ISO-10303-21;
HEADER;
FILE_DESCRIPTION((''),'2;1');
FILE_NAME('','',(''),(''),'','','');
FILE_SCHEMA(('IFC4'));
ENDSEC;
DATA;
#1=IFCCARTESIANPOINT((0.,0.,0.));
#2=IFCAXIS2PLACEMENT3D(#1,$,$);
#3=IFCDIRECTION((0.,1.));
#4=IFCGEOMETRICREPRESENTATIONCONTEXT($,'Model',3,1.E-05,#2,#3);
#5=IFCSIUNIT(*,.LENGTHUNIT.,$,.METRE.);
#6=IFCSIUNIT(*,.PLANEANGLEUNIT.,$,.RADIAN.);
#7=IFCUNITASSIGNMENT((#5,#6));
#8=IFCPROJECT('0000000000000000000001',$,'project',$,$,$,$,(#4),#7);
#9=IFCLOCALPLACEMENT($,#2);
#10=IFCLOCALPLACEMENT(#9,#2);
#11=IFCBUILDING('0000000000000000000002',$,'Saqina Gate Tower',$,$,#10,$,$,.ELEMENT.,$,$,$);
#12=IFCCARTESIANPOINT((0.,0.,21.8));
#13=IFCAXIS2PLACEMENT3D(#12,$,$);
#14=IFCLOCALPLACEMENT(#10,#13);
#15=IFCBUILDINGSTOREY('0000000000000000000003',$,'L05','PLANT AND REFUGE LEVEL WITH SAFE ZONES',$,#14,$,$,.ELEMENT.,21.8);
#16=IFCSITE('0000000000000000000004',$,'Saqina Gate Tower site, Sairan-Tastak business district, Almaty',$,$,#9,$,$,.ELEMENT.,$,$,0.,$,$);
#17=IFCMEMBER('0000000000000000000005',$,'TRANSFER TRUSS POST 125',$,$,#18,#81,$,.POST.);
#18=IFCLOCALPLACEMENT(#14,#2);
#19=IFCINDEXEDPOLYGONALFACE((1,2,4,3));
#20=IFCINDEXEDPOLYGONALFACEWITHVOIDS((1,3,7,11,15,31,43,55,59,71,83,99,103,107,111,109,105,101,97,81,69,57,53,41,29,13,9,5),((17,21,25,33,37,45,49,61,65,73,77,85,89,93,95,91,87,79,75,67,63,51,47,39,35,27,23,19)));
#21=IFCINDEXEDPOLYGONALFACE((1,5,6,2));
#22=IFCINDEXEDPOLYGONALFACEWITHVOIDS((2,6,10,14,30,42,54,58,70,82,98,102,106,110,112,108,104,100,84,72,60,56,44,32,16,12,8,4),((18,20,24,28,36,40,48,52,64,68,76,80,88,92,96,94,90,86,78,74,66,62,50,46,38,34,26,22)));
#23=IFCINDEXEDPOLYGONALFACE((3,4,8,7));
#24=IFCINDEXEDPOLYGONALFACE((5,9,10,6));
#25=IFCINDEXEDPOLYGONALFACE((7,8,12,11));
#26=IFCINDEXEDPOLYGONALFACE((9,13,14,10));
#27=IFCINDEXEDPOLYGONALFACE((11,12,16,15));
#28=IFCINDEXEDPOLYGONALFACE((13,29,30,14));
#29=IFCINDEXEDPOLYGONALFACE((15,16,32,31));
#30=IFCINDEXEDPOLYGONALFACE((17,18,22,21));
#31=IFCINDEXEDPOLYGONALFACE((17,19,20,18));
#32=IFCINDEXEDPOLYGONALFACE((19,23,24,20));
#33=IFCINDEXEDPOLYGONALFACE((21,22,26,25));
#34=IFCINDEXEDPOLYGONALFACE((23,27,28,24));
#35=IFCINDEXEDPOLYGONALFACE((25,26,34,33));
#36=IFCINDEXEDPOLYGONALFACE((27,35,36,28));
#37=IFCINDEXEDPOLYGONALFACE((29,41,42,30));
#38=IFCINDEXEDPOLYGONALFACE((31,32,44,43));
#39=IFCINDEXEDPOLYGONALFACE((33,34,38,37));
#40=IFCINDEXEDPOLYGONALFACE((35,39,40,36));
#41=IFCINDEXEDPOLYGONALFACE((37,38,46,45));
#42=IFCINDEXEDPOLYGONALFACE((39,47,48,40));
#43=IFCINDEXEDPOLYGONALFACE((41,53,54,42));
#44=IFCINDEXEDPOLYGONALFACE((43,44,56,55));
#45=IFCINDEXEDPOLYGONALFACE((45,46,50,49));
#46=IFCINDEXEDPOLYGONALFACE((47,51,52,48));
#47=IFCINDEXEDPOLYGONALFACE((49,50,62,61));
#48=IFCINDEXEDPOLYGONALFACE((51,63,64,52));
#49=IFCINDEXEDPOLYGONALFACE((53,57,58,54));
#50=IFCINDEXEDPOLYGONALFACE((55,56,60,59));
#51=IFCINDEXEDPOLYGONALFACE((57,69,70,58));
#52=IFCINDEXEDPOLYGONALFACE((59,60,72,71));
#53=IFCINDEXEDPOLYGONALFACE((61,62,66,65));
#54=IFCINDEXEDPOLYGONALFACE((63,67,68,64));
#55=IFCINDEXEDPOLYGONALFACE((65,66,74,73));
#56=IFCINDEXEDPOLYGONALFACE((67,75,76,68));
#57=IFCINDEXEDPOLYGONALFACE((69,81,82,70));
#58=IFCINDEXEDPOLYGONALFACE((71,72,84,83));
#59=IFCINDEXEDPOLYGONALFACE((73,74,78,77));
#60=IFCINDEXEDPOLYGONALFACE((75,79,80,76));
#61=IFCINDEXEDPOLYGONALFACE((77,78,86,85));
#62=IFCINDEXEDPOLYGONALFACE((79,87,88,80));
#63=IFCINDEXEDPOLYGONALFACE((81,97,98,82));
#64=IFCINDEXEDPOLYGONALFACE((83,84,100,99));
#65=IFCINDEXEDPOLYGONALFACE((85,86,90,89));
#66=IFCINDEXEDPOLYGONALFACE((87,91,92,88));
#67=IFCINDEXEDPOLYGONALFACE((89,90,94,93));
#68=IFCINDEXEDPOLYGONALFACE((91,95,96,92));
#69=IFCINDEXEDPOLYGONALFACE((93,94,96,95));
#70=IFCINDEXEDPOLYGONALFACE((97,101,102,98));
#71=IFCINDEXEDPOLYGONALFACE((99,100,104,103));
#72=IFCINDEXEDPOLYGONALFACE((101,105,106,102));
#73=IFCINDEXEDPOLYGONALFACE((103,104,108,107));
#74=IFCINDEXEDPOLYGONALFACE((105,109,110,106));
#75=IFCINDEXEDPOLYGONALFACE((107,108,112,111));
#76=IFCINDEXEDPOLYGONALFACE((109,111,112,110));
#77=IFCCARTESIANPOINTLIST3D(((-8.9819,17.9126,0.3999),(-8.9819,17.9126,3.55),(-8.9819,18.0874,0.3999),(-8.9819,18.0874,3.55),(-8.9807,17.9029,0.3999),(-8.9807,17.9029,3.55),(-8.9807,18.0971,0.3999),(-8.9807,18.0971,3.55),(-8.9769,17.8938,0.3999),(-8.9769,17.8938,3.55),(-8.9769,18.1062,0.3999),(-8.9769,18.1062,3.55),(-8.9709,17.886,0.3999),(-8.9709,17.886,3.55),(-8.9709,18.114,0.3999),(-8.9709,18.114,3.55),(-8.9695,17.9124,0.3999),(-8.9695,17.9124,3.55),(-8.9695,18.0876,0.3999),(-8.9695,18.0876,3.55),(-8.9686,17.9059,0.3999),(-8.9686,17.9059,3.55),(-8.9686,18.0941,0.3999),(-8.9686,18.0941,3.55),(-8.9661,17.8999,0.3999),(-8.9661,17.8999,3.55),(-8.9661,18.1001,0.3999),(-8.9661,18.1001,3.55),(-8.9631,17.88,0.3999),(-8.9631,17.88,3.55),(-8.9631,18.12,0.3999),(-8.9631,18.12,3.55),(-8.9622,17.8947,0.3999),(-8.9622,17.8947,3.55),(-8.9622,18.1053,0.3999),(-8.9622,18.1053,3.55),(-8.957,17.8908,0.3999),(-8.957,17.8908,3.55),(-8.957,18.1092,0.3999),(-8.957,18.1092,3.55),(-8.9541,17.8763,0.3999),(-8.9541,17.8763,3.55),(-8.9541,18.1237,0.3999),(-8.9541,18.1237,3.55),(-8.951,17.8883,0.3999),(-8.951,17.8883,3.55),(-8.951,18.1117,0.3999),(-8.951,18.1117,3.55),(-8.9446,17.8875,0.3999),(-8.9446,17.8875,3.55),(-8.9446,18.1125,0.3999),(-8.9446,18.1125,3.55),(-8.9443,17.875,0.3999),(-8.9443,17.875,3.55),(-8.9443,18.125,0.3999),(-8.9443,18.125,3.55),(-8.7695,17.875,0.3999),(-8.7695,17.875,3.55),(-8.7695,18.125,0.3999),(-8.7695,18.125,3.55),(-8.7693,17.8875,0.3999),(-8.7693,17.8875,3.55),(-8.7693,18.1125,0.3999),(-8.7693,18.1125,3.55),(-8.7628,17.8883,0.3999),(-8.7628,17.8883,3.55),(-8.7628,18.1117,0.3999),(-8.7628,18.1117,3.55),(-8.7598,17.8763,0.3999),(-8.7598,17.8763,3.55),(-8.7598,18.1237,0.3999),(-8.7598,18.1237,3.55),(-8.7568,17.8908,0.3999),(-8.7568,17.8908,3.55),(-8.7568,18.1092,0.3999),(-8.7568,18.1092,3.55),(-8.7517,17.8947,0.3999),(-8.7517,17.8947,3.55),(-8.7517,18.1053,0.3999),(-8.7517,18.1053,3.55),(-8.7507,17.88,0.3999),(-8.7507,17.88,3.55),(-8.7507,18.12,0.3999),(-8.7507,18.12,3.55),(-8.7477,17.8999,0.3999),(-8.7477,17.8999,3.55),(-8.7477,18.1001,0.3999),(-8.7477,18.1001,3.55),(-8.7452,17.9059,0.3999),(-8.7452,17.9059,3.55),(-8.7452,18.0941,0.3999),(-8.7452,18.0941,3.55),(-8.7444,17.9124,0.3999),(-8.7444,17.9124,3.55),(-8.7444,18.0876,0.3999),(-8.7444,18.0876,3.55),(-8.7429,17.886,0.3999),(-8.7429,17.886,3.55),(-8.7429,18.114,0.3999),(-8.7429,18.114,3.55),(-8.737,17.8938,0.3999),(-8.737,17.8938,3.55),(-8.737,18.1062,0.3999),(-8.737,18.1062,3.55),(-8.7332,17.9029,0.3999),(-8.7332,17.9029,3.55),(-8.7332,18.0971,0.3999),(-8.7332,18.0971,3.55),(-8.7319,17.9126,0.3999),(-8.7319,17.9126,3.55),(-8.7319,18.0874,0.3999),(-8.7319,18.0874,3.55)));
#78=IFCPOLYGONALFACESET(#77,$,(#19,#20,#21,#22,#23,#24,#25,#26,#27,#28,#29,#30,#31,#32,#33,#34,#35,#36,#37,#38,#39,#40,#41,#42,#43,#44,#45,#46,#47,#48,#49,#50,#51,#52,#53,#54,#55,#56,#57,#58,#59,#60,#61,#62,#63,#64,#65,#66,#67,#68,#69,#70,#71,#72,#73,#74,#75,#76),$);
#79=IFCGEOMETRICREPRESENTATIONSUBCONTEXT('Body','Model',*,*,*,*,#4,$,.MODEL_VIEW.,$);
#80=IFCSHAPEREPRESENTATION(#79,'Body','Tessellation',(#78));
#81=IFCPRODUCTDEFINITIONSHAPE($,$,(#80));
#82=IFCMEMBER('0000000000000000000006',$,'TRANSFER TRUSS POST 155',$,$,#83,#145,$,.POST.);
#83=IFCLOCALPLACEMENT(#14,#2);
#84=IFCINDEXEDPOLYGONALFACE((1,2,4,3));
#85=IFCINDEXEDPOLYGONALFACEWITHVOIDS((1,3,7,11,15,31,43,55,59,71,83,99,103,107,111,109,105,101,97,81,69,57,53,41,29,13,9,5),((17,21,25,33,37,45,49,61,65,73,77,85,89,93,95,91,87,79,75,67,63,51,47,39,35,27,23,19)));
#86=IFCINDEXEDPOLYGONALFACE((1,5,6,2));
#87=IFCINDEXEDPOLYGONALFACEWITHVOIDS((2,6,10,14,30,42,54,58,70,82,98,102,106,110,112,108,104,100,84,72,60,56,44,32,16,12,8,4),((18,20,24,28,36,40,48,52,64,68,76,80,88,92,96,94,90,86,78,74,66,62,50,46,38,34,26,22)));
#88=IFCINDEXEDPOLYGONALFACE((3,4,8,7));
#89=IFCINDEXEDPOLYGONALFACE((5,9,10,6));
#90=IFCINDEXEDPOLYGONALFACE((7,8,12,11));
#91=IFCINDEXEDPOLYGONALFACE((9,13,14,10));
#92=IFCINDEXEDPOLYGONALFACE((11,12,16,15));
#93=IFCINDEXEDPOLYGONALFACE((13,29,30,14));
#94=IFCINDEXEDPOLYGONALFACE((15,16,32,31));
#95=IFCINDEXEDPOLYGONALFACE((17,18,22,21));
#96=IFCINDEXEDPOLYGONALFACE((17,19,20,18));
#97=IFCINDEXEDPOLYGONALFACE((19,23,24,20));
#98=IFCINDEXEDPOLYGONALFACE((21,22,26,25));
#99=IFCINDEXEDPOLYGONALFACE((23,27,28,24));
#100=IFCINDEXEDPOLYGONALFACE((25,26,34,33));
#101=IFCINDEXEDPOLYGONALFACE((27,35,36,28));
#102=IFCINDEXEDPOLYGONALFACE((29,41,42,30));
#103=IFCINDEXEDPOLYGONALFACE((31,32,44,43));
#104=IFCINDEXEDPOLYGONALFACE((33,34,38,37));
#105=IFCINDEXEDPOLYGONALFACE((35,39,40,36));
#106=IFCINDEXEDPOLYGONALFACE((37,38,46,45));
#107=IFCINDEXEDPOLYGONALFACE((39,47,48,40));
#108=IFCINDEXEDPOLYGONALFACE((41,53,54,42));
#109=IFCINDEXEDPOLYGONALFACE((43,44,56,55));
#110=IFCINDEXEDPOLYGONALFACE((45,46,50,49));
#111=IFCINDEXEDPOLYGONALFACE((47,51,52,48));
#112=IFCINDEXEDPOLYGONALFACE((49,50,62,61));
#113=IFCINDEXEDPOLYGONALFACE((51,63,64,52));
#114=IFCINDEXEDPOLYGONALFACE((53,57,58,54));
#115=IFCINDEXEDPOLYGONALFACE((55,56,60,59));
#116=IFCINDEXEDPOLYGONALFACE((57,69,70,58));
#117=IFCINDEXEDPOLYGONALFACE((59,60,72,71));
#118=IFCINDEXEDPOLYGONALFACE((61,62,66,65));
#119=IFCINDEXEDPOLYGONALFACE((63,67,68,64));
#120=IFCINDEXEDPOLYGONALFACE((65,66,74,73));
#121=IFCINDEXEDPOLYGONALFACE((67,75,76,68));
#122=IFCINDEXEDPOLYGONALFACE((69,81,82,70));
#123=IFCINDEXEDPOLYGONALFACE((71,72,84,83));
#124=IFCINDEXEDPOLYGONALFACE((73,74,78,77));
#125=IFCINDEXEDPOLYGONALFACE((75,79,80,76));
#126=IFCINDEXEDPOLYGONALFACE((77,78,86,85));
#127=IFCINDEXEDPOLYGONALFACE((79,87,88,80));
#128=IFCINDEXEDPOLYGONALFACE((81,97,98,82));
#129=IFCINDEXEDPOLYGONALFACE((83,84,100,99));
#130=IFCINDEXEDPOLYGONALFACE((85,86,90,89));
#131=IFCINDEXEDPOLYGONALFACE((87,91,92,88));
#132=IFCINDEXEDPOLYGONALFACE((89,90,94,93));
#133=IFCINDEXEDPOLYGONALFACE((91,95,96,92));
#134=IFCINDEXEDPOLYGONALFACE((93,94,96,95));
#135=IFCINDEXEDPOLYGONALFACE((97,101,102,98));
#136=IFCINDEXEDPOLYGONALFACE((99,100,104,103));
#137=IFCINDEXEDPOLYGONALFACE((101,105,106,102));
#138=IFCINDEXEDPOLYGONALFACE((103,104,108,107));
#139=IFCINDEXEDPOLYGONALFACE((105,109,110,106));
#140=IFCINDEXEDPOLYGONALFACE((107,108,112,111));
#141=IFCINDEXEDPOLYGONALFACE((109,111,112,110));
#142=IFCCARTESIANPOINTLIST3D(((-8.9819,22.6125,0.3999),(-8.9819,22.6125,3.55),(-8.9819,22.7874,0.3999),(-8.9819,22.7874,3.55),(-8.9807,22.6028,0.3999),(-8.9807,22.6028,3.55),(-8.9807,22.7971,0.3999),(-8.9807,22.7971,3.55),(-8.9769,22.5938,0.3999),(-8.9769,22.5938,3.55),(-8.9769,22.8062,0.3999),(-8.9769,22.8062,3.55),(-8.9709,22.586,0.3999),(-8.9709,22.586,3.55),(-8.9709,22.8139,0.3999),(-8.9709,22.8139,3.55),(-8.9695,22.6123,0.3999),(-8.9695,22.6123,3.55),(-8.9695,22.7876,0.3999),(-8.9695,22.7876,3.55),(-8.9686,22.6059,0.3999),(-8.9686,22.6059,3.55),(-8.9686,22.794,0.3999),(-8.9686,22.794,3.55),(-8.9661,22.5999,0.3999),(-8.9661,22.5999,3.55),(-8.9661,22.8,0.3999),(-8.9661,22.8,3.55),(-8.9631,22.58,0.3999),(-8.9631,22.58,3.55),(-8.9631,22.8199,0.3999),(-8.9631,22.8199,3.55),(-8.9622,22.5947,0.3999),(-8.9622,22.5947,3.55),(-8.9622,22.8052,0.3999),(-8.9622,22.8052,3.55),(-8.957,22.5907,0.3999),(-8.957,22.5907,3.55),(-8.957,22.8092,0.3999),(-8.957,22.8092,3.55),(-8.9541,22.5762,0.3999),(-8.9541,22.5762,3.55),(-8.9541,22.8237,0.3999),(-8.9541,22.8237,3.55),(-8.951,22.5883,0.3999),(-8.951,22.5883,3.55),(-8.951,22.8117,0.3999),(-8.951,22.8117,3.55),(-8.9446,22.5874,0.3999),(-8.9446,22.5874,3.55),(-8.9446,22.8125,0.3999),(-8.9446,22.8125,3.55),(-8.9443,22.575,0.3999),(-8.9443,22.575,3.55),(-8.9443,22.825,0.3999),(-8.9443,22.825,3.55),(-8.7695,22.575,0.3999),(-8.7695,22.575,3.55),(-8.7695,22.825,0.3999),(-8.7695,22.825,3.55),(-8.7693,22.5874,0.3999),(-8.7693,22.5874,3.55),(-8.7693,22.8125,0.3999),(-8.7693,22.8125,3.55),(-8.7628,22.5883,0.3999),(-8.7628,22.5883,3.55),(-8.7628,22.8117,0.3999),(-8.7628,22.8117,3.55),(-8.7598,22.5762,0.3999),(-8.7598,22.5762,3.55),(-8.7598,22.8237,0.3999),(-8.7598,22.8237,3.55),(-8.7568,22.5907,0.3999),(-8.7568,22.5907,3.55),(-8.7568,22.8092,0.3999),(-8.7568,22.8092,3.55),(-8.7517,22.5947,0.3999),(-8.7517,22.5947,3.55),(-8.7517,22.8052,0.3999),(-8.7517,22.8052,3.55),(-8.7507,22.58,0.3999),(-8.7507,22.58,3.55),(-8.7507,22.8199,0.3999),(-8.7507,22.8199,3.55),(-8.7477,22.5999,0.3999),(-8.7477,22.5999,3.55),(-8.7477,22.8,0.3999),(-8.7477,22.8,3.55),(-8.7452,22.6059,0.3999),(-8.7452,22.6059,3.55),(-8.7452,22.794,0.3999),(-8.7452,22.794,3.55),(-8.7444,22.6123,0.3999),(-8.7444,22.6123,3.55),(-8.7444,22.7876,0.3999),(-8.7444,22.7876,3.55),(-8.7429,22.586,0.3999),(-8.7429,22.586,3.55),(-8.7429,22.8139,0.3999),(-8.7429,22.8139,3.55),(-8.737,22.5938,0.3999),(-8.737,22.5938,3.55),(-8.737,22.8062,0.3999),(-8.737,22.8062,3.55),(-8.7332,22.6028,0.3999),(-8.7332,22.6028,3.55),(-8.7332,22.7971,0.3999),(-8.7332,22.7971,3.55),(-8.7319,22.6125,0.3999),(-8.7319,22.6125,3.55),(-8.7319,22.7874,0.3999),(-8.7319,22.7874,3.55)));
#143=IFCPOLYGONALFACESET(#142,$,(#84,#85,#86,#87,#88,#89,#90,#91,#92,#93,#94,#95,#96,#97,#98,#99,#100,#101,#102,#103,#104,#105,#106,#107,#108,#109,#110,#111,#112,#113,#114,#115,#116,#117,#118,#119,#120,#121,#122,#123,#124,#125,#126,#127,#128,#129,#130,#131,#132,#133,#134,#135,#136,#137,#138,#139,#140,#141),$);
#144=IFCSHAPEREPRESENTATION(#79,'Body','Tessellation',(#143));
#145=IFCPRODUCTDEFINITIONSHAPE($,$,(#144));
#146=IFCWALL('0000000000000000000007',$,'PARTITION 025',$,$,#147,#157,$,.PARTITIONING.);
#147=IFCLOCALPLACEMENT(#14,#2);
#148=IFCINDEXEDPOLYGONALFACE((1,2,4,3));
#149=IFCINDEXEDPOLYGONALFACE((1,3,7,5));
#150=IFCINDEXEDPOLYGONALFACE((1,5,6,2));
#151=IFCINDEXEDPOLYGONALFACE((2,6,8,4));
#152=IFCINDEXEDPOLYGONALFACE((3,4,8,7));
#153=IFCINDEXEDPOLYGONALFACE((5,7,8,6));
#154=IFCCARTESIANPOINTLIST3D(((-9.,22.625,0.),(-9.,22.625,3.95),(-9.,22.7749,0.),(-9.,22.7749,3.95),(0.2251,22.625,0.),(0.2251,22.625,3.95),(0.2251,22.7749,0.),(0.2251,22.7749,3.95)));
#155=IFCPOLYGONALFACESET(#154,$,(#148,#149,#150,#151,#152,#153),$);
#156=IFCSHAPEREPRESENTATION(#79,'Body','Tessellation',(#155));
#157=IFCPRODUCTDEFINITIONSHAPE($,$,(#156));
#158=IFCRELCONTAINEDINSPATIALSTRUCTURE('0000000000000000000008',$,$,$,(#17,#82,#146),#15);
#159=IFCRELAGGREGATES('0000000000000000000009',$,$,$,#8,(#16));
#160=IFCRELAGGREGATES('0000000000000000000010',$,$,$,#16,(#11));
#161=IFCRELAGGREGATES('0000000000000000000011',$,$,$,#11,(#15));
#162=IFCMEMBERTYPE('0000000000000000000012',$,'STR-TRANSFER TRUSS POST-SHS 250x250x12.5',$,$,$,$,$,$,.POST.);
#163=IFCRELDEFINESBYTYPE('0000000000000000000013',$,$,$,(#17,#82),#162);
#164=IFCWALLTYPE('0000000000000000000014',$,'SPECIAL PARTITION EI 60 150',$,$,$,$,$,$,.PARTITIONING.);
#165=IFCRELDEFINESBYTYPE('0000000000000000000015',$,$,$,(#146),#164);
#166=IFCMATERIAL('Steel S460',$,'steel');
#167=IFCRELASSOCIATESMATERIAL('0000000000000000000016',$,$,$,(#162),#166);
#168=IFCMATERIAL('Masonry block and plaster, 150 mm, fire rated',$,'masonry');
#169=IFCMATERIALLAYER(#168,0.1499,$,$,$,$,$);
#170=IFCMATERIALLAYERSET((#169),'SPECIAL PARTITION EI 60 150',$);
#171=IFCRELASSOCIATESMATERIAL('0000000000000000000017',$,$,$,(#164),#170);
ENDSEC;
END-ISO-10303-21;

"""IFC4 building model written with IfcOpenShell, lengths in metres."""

from ifc_helpers import new_model, si_unit, direction, frame, frame_2d, origin, origin_2d, place, context, subcontext, project, spatial, rectangle, hollow_rectangle, extrude, material, layer, layer_set, material_profile, profile_set, type_object, element, save


model = new_model("IFC4")

# Units and contexts
model_context = context("Model", 3, precision=1e-05, world=origin(), true_north=direction((0.0, 1.0)))
body_context = subcontext(model_context, "Body", "Model", "MODEL_VIEW")
ifc_project = project(units=[si_unit("LENGTHUNIT", "METRE"), si_unit("PLANEANGLEUNIT", "RADIAN")], contexts=[model_context])

# Site, building, storey
site_placement = place(None, origin())
site = spatial("IfcSite", under=ifc_project, at=site_placement, Name="Saqina Gate Tower site, Sairan-Tastak business district, Almaty", CompositionType="ELEMENT", RefElevation=0.0)
building_placement = place(site_placement, origin())
building = spatial("IfcBuilding", under=site, at=building_placement, Name="Saqina Gate Tower", CompositionType="ELEMENT")
storey_placement = place(building_placement, frame((0.0, 0.0, 21.8)))
storey = spatial("IfcBuildingStorey", under=building, at=storey_placement, Name="L05", Description="PLANT AND REFUGE LEVEL WITH SAFE ZONES", CompositionType="ELEMENT", Elevation=21.8)

# Members
ifc_material_1 = material(Name="Steel S460", Category="steel")
ifc_material_profile_1 = material_profile(ifc_material_1, hollow_rectangle(XDim=0.25, YDim=0.25, WallThickness=0.0125, InnerFilletRadius=0.0249, OuterFilletRadius=0.0376, at=origin_2d()), Name="SHS 250x250x12.5")
ifc_profile_set_1 = profile_set([ifc_material_profile_1], Name="Steel S460")
member_type_1 = type_object("IfcMemberType", Name="STR-TRANSFER TRUSS POST-SHS 250x250x12.5", PredefinedType="POST", material=ifc_profile_set_1)
for number, where, z_axis, x_axis, name in (
    (1, (-8.8569, 18.0, 0.3999), (0.0, 0.0, 1.0), (1.0, 0.0, 0.0), "TRANSFER TRUSS POST 125"),
    (2, (-8.8569, 22.7, 0.3999), (0.0, 0.0, 1.0), (1.0, 0.0, 0.0), "TRANSFER TRUSS POST 155"),
):
    element("IfcMember", number, at=place(storey_placement, frame(where, z_axis=z_axis, x_axis=x_axis)), inside=storey, type_object=member_type_1, Name=name, PredefinedType="POST", context=body_context, shape_type="SweptSolid", body=[
        extrude(hollow_rectangle(XDim=0.25, YDim=0.25, WallThickness=0.0125, InnerFilletRadius=0.0249, OuterFilletRadius=0.0376, at=origin_2d()), origin(), (0.0, 0.0, 1.0), 3.1501),
    ])

# Wall
ifc_material_2 = material(Name="Masonry block and plaster, 150 mm, fire rated", Category="masonry")
ifc_layer = layer(ifc_material_2, 0.1499)
ifc_layer_set = layer_set([ifc_layer], Name="SPECIAL PARTITION EI 60 150")
wall_type = type_object("IfcWallType", Name="SPECIAL PARTITION EI 60 150", PredefinedType="PARTITIONING", material=ifc_layer_set)
wall_placement = place(storey_placement, frame((-9.0, 22.7, 0.0), z_axis=(0.0, 0.0, 1.0), x_axis=(1.0, 0.0, 0.0)))
element("IfcWall", 3, at=wall_placement, inside=storey, type_object=wall_type, Name="PARTITION 025", PredefinedType="PARTITIONING", context=body_context, shape_type="SweptSolid", body=[
    extrude(rectangle(XDim=9.2251, YDim=0.1499, at=frame_2d((4.6125, 0.0))), origin(), (0.0, 0.0, 1.0), 3.95),
])

save(model, "model.ifc")
